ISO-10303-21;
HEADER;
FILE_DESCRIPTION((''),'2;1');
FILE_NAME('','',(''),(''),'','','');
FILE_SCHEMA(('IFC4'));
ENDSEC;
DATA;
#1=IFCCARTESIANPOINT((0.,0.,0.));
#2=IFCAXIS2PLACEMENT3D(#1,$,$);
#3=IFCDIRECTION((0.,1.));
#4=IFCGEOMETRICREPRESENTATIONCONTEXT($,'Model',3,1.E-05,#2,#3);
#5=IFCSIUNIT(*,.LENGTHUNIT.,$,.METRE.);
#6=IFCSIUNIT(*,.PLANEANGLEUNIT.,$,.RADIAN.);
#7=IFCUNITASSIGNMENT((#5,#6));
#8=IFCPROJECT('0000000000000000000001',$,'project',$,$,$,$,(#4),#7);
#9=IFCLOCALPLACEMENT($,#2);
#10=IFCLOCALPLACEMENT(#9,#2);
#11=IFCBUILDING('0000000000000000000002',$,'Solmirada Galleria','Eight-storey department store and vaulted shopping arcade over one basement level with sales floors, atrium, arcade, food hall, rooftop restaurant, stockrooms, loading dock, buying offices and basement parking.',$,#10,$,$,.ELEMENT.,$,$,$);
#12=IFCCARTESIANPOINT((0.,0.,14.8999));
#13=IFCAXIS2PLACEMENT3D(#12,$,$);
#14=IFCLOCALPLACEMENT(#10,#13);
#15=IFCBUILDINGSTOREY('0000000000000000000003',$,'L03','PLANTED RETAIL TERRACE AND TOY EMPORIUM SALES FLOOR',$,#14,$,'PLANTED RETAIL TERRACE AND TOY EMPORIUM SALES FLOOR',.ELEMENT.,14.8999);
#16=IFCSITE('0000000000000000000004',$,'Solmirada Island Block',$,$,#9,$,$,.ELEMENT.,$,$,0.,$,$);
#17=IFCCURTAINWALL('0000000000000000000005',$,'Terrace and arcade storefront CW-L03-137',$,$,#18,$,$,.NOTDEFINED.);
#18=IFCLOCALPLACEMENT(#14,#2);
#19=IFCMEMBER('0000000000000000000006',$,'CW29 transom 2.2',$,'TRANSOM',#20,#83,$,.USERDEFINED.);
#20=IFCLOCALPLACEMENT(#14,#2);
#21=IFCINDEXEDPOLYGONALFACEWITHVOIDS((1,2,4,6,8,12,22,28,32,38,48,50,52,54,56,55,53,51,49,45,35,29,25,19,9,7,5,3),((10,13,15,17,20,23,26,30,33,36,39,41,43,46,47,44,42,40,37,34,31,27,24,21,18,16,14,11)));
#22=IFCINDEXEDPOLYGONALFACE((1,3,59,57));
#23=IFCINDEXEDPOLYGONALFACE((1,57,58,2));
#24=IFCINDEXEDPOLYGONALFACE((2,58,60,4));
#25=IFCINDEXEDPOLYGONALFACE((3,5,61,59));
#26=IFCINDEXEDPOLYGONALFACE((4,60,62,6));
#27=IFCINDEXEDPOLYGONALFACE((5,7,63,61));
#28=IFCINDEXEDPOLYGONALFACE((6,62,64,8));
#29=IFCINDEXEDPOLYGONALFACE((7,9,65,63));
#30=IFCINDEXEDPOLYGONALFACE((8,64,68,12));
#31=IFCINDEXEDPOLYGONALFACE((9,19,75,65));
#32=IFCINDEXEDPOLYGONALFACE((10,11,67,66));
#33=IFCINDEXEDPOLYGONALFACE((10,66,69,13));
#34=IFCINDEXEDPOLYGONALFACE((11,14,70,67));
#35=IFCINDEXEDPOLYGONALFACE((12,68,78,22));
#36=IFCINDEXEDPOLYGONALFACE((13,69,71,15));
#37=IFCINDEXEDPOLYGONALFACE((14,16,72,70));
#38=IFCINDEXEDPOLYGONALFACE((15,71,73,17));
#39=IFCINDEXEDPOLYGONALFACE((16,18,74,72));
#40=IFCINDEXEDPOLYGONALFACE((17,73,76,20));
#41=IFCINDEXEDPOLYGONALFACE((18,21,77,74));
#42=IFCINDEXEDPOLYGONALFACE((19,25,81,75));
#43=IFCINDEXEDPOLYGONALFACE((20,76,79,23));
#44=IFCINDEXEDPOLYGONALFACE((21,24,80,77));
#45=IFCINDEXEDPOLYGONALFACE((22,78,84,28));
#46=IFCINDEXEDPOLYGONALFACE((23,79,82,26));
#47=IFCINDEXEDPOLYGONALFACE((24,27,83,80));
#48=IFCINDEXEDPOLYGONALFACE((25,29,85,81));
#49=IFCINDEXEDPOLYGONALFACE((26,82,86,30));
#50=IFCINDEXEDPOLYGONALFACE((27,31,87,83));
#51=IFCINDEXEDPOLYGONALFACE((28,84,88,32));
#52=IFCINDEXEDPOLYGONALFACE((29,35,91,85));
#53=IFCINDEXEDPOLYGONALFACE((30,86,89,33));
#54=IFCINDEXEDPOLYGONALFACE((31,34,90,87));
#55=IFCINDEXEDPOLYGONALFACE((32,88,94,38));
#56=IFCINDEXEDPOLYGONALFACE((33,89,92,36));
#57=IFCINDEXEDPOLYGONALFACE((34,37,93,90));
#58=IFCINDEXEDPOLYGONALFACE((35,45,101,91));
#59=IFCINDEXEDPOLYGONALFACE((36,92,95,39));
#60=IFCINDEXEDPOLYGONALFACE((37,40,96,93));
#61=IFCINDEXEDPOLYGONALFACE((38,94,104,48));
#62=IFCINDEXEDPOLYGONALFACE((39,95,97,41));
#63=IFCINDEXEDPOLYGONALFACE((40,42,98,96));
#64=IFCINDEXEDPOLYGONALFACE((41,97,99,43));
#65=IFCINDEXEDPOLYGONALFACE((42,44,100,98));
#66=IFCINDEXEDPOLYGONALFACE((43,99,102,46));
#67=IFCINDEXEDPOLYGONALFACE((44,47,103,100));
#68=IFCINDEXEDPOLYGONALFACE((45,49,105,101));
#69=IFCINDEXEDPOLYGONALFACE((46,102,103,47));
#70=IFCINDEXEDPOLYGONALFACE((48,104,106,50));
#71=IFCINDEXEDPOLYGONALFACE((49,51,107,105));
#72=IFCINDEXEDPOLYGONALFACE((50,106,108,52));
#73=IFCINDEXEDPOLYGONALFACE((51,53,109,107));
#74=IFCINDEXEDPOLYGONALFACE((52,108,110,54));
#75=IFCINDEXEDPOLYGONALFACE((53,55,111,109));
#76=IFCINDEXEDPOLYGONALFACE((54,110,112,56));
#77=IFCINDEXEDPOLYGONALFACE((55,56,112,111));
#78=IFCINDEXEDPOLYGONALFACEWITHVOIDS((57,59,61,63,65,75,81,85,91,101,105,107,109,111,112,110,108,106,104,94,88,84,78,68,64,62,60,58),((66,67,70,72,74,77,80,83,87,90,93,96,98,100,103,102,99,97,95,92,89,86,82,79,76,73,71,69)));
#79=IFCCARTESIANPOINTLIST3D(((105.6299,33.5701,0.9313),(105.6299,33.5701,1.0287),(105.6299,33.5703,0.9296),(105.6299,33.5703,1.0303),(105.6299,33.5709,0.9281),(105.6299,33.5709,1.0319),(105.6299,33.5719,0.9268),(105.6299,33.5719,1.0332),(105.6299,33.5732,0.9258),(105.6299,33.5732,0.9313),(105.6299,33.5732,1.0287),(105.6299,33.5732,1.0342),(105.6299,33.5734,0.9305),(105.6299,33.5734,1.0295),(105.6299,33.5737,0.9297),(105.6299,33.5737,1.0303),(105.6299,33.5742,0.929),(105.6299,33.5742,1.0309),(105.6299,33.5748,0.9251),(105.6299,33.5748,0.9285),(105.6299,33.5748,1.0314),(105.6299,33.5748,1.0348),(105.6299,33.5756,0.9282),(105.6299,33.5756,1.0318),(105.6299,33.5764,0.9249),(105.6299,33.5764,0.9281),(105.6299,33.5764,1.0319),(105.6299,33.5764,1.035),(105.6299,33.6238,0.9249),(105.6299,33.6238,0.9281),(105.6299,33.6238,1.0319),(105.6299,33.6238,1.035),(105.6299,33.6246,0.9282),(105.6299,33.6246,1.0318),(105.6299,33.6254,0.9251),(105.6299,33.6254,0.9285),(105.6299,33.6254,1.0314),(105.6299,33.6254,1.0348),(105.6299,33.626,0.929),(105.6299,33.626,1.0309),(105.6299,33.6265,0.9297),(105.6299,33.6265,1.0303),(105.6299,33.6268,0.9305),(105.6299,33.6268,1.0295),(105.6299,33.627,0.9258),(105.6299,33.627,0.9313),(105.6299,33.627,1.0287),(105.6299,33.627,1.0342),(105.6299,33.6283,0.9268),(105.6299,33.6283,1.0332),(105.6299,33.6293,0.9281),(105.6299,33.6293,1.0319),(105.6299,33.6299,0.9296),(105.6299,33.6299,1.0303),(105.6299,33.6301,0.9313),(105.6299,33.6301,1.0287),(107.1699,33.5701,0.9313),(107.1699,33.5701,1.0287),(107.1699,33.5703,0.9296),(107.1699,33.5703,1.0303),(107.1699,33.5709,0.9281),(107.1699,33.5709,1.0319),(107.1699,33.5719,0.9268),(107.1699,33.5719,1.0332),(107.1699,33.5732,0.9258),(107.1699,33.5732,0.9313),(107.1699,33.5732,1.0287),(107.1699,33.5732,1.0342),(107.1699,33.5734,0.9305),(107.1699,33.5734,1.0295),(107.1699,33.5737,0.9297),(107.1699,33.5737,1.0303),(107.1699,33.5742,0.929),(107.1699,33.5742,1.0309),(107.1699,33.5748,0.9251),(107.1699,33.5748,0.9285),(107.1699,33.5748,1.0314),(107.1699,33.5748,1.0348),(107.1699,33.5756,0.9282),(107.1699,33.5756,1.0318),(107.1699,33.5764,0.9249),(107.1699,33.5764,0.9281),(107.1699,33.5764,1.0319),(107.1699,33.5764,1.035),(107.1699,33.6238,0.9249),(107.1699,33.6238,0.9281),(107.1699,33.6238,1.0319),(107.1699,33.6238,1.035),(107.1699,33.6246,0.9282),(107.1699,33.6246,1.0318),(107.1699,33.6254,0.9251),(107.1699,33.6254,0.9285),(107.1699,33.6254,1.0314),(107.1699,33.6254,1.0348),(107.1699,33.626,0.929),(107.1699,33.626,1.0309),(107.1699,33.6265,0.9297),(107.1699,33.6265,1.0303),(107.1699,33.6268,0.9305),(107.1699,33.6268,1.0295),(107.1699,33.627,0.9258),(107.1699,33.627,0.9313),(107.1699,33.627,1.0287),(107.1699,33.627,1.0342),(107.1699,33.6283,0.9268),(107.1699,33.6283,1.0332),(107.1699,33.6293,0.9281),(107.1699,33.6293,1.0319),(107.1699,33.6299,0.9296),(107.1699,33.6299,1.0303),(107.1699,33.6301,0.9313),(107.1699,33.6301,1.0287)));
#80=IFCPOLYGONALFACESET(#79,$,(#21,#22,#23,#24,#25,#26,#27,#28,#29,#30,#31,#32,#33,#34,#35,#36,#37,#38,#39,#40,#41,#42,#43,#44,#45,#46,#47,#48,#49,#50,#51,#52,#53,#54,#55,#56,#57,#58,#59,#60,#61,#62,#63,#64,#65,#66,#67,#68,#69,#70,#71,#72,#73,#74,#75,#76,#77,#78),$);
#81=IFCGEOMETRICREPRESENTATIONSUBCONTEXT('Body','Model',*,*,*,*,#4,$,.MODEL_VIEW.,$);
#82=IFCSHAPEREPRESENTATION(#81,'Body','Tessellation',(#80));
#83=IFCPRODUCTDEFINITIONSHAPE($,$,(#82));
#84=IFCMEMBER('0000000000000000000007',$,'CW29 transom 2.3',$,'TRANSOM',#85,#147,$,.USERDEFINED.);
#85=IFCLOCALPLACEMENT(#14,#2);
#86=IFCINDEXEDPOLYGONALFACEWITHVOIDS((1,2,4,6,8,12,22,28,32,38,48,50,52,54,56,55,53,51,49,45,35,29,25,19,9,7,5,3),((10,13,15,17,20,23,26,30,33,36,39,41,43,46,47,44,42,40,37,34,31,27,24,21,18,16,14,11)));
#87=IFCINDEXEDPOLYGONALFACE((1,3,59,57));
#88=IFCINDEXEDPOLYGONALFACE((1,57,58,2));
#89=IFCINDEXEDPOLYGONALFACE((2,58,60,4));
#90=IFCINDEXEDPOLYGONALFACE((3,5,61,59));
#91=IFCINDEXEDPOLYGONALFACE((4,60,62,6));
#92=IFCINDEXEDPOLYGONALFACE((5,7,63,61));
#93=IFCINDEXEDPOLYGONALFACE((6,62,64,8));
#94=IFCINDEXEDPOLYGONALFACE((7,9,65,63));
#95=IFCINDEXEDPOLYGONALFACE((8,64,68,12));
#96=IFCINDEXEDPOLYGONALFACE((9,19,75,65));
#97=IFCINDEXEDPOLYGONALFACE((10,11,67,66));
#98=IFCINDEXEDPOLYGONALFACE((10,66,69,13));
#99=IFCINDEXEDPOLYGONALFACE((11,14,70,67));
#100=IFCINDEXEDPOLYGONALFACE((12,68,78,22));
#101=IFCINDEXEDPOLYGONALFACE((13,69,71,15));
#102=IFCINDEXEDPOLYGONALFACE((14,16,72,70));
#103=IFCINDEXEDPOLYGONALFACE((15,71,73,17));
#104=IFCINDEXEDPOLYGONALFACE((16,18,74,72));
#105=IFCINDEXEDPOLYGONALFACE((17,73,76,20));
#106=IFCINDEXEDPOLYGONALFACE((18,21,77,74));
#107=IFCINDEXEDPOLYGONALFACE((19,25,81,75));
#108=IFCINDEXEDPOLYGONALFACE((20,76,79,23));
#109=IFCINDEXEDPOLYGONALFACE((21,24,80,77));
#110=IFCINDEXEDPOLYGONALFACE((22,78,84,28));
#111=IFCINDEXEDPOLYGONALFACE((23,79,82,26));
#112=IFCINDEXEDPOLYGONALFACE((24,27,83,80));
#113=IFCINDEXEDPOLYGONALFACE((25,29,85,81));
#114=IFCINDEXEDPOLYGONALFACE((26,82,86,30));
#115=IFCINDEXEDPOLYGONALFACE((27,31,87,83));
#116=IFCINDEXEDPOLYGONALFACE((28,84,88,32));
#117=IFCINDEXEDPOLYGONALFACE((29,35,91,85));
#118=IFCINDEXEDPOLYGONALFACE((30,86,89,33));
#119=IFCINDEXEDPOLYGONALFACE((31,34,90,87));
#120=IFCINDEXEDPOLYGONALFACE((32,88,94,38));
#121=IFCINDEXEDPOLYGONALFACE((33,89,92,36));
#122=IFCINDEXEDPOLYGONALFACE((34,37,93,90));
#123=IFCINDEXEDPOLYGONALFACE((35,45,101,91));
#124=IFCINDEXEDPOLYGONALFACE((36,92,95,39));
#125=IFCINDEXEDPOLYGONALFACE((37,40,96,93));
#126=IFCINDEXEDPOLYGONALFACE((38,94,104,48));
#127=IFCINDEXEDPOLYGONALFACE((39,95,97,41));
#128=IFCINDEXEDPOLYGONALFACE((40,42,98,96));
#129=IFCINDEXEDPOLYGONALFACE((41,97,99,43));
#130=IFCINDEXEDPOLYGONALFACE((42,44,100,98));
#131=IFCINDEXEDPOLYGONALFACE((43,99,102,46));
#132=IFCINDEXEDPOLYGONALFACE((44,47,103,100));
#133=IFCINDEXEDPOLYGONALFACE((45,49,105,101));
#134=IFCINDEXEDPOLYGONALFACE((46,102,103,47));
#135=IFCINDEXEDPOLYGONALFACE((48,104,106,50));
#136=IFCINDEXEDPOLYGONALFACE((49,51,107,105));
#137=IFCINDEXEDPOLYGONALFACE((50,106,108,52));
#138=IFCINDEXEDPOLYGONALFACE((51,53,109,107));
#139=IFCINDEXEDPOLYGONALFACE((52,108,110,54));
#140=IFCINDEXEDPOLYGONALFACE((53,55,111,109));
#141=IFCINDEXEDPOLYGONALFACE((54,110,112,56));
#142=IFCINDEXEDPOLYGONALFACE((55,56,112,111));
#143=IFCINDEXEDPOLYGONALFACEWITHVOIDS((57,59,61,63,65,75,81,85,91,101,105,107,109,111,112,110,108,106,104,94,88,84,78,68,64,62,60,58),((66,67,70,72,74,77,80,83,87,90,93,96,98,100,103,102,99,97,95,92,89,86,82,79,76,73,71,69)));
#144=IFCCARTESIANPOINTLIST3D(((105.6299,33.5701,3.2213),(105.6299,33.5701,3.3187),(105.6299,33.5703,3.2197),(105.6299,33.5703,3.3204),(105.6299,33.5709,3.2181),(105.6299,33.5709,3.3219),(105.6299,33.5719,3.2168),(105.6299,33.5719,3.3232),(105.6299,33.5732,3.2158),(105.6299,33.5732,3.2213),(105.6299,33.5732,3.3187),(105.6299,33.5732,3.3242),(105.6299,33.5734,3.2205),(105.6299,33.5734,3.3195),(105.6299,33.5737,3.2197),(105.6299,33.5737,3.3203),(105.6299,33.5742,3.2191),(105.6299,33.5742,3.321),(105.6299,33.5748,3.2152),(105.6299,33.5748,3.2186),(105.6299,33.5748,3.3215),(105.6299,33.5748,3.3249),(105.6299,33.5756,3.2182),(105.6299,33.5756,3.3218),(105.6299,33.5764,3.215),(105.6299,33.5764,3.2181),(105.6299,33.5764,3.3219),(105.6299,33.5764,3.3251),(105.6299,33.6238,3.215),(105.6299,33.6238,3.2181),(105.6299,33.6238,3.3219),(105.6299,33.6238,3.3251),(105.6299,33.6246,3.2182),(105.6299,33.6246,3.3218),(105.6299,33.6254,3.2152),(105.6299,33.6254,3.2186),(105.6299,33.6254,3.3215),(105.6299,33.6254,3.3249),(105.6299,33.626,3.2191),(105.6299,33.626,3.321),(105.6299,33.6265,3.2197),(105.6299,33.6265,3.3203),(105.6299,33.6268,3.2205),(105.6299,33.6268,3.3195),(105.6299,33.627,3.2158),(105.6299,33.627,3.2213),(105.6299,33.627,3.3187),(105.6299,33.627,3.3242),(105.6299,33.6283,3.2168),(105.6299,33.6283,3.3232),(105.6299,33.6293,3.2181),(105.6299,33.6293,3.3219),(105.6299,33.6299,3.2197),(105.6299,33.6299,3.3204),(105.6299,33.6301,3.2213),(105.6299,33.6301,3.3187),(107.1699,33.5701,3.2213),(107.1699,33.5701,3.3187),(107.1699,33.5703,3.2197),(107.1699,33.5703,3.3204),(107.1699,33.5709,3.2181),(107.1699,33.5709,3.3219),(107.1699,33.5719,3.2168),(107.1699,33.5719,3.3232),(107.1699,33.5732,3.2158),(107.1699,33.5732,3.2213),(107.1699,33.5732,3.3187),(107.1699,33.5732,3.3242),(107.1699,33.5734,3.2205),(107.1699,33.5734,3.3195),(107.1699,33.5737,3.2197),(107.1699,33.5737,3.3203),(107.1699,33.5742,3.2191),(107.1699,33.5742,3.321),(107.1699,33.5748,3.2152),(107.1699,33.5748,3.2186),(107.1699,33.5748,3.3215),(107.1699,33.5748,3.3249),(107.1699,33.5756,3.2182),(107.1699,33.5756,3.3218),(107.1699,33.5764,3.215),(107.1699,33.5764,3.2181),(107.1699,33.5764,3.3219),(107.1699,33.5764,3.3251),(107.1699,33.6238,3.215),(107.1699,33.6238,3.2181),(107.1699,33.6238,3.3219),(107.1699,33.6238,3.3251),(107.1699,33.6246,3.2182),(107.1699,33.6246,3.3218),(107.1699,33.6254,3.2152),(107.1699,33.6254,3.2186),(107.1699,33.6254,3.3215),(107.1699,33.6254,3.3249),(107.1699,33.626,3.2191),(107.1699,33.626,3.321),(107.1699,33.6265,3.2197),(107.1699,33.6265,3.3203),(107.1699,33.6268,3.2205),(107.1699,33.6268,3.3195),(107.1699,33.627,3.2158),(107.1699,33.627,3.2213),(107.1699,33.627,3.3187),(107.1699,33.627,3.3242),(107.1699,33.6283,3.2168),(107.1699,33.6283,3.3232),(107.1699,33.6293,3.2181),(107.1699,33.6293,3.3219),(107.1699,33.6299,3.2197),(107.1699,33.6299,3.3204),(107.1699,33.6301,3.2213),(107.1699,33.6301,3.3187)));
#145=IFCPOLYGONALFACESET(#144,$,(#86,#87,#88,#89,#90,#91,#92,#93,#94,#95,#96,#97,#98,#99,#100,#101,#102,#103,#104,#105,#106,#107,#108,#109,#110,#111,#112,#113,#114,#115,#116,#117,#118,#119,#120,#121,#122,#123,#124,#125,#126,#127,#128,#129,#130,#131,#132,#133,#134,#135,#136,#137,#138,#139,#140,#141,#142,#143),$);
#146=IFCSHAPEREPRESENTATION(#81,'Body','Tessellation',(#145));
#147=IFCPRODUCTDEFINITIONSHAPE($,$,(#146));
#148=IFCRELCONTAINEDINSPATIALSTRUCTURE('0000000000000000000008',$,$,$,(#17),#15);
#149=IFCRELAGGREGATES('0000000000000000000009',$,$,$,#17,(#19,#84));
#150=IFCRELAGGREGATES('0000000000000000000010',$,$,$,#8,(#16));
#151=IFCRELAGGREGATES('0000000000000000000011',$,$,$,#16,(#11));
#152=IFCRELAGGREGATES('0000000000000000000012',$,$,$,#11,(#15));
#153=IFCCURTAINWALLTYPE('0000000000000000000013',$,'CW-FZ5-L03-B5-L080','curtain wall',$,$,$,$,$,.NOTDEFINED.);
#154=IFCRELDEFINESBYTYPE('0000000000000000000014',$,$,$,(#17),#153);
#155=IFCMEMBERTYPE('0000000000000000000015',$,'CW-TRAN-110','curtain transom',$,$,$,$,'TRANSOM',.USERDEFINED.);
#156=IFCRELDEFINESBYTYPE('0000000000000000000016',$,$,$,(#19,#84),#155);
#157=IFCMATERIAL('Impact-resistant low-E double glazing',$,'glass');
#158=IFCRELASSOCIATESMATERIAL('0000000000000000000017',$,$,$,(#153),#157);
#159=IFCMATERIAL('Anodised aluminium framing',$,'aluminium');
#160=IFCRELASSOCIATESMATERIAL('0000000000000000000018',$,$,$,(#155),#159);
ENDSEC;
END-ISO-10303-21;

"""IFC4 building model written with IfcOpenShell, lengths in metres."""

from ifc_helpers import new_model, si_unit, direction, frame, origin, origin_2d, place, context, subcontext, project, spatial, hollow_rectangle, extrude, material, material_profile, profile_set, type_object, element, aggregate, save


model = new_model("IFC4")

# Units and contexts
model_context = context("Model", 3, precision=1e-05, world=origin(), true_north=direction((0.0, 1.0)))
body_context = subcontext(model_context, "Body", "Model", "MODEL_VIEW")
ifc_project = project(units=[si_unit("LENGTHUNIT", "METRE"), si_unit("PLANEANGLEUNIT", "RADIAN")], contexts=[model_context])

# Site, building, storey
site_placement = place(None, origin())
site = spatial("IfcSite", under=ifc_project, at=site_placement, Name="Solmirada Island Block", CompositionType="ELEMENT", RefElevation=0.0)
building_placement = place(site_placement, origin())
building = spatial("IfcBuilding", under=site, at=building_placement, Name="Solmirada Galleria", Description="Eight-storey department store and vaulted shopping arcade over one basement level with sales floors, atrium, arcade, food hall, rooftop restaurant, stockrooms, loading dock, buying offices and basement parking.", CompositionType="ELEMENT")
storey_placement = place(building_placement, frame((0.0, 0.0, 14.8999)))
storey = spatial("IfcBuildingStorey", under=building, at=storey_placement, Name="L03", Description="PLANTED RETAIL TERRACE AND TOY EMPORIUM SALES FLOOR", LongName="PLANTED RETAIL TERRACE AND TOY EMPORIUM SALES FLOOR", CompositionType="ELEMENT", Elevation=14.8999)

# Shared definitions
ifc_material_1 = material(Name="Impact-resistant low-E double glazing", Category="glass")
curtain_wall_type = type_object("IfcCurtainWallType", Name="CW-FZ5-L03-B5-L080", Description="curtain wall", PredefinedType="NOTDEFINED", material=ifc_material_1)
ifc_material_2 = material(Name="Anodised aluminium framing", Category="aluminium")

# Curtain wall
curtain_wall_1_placement = place(storey_placement, origin())
curtain_wall_1 = element("IfcCurtainWall", 1, at=curtain_wall_1_placement, inside=storey, type_object=curtain_wall_type, Name="Terrace and arcade storefront CW-L03-137", PredefinedType="NOTDEFINED")

# Members
ifc_material_profile_1 = material_profile(ifc_material_2, hollow_rectangle(XDim=0.0601, YDim=0.1101, WallThickness=0.0032, InnerFilletRadius=0.0032, OuterFilletRadius=0.0063, at=origin_2d()), Name="ALU-TRAN-110X60")
ifc_profile_set_1 = profile_set([ifc_material_profile_1], Name="Anodised aluminium framing")
member_type_1 = type_object("IfcMemberType", Name="CW-TRAN-110", Description="curtain transom", ElementType="TRANSOM", PredefinedType="USERDEFINED", material=ifc_profile_set_1)
member_1_placement = place(storey_placement, frame((105.6299, 33.6001, 0.98), z_axis=(1.0, 0.0, 0.0), x_axis=(0.0, 1.0, 0.0)))
member_1 = element("IfcMember", 2, at=member_1_placement, type_object=member_type_1, Name="CW29 transom 2.2", ObjectType="TRANSOM", PredefinedType="USERDEFINED", context=body_context, shape_type="SweptSolid", body=[
    extrude(hollow_rectangle(XDim=0.0601, YDim=0.1101, WallThickness=0.0032, InnerFilletRadius=0.0032, OuterFilletRadius=0.0063, at=origin_2d()), origin(), (0.0, 0.0, 1.0), 1.54),
])
member_2_placement = place(storey_placement, frame((105.6299, 33.6001, 3.27), z_axis=(1.0, 0.0, 0.0), x_axis=(0.0, 1.0, 0.0)))
member_2 = element("IfcMember", 3, at=member_2_placement, type_object=member_type_1, Name="CW29 transom 2.3", ObjectType="TRANSOM", PredefinedType="USERDEFINED", context=body_context, shape_type="SweptSolid", body=[
    extrude(hollow_rectangle(XDim=0.0601, YDim=0.1101, WallThickness=0.0032, InnerFilletRadius=0.0032, OuterFilletRadius=0.0063, at=origin_2d()), origin(), (0.0, 0.0, 1.0), 1.54),
])

aggregate(curtain_wall_1, [member_1, member_2])

save(model, "model.ifc")
